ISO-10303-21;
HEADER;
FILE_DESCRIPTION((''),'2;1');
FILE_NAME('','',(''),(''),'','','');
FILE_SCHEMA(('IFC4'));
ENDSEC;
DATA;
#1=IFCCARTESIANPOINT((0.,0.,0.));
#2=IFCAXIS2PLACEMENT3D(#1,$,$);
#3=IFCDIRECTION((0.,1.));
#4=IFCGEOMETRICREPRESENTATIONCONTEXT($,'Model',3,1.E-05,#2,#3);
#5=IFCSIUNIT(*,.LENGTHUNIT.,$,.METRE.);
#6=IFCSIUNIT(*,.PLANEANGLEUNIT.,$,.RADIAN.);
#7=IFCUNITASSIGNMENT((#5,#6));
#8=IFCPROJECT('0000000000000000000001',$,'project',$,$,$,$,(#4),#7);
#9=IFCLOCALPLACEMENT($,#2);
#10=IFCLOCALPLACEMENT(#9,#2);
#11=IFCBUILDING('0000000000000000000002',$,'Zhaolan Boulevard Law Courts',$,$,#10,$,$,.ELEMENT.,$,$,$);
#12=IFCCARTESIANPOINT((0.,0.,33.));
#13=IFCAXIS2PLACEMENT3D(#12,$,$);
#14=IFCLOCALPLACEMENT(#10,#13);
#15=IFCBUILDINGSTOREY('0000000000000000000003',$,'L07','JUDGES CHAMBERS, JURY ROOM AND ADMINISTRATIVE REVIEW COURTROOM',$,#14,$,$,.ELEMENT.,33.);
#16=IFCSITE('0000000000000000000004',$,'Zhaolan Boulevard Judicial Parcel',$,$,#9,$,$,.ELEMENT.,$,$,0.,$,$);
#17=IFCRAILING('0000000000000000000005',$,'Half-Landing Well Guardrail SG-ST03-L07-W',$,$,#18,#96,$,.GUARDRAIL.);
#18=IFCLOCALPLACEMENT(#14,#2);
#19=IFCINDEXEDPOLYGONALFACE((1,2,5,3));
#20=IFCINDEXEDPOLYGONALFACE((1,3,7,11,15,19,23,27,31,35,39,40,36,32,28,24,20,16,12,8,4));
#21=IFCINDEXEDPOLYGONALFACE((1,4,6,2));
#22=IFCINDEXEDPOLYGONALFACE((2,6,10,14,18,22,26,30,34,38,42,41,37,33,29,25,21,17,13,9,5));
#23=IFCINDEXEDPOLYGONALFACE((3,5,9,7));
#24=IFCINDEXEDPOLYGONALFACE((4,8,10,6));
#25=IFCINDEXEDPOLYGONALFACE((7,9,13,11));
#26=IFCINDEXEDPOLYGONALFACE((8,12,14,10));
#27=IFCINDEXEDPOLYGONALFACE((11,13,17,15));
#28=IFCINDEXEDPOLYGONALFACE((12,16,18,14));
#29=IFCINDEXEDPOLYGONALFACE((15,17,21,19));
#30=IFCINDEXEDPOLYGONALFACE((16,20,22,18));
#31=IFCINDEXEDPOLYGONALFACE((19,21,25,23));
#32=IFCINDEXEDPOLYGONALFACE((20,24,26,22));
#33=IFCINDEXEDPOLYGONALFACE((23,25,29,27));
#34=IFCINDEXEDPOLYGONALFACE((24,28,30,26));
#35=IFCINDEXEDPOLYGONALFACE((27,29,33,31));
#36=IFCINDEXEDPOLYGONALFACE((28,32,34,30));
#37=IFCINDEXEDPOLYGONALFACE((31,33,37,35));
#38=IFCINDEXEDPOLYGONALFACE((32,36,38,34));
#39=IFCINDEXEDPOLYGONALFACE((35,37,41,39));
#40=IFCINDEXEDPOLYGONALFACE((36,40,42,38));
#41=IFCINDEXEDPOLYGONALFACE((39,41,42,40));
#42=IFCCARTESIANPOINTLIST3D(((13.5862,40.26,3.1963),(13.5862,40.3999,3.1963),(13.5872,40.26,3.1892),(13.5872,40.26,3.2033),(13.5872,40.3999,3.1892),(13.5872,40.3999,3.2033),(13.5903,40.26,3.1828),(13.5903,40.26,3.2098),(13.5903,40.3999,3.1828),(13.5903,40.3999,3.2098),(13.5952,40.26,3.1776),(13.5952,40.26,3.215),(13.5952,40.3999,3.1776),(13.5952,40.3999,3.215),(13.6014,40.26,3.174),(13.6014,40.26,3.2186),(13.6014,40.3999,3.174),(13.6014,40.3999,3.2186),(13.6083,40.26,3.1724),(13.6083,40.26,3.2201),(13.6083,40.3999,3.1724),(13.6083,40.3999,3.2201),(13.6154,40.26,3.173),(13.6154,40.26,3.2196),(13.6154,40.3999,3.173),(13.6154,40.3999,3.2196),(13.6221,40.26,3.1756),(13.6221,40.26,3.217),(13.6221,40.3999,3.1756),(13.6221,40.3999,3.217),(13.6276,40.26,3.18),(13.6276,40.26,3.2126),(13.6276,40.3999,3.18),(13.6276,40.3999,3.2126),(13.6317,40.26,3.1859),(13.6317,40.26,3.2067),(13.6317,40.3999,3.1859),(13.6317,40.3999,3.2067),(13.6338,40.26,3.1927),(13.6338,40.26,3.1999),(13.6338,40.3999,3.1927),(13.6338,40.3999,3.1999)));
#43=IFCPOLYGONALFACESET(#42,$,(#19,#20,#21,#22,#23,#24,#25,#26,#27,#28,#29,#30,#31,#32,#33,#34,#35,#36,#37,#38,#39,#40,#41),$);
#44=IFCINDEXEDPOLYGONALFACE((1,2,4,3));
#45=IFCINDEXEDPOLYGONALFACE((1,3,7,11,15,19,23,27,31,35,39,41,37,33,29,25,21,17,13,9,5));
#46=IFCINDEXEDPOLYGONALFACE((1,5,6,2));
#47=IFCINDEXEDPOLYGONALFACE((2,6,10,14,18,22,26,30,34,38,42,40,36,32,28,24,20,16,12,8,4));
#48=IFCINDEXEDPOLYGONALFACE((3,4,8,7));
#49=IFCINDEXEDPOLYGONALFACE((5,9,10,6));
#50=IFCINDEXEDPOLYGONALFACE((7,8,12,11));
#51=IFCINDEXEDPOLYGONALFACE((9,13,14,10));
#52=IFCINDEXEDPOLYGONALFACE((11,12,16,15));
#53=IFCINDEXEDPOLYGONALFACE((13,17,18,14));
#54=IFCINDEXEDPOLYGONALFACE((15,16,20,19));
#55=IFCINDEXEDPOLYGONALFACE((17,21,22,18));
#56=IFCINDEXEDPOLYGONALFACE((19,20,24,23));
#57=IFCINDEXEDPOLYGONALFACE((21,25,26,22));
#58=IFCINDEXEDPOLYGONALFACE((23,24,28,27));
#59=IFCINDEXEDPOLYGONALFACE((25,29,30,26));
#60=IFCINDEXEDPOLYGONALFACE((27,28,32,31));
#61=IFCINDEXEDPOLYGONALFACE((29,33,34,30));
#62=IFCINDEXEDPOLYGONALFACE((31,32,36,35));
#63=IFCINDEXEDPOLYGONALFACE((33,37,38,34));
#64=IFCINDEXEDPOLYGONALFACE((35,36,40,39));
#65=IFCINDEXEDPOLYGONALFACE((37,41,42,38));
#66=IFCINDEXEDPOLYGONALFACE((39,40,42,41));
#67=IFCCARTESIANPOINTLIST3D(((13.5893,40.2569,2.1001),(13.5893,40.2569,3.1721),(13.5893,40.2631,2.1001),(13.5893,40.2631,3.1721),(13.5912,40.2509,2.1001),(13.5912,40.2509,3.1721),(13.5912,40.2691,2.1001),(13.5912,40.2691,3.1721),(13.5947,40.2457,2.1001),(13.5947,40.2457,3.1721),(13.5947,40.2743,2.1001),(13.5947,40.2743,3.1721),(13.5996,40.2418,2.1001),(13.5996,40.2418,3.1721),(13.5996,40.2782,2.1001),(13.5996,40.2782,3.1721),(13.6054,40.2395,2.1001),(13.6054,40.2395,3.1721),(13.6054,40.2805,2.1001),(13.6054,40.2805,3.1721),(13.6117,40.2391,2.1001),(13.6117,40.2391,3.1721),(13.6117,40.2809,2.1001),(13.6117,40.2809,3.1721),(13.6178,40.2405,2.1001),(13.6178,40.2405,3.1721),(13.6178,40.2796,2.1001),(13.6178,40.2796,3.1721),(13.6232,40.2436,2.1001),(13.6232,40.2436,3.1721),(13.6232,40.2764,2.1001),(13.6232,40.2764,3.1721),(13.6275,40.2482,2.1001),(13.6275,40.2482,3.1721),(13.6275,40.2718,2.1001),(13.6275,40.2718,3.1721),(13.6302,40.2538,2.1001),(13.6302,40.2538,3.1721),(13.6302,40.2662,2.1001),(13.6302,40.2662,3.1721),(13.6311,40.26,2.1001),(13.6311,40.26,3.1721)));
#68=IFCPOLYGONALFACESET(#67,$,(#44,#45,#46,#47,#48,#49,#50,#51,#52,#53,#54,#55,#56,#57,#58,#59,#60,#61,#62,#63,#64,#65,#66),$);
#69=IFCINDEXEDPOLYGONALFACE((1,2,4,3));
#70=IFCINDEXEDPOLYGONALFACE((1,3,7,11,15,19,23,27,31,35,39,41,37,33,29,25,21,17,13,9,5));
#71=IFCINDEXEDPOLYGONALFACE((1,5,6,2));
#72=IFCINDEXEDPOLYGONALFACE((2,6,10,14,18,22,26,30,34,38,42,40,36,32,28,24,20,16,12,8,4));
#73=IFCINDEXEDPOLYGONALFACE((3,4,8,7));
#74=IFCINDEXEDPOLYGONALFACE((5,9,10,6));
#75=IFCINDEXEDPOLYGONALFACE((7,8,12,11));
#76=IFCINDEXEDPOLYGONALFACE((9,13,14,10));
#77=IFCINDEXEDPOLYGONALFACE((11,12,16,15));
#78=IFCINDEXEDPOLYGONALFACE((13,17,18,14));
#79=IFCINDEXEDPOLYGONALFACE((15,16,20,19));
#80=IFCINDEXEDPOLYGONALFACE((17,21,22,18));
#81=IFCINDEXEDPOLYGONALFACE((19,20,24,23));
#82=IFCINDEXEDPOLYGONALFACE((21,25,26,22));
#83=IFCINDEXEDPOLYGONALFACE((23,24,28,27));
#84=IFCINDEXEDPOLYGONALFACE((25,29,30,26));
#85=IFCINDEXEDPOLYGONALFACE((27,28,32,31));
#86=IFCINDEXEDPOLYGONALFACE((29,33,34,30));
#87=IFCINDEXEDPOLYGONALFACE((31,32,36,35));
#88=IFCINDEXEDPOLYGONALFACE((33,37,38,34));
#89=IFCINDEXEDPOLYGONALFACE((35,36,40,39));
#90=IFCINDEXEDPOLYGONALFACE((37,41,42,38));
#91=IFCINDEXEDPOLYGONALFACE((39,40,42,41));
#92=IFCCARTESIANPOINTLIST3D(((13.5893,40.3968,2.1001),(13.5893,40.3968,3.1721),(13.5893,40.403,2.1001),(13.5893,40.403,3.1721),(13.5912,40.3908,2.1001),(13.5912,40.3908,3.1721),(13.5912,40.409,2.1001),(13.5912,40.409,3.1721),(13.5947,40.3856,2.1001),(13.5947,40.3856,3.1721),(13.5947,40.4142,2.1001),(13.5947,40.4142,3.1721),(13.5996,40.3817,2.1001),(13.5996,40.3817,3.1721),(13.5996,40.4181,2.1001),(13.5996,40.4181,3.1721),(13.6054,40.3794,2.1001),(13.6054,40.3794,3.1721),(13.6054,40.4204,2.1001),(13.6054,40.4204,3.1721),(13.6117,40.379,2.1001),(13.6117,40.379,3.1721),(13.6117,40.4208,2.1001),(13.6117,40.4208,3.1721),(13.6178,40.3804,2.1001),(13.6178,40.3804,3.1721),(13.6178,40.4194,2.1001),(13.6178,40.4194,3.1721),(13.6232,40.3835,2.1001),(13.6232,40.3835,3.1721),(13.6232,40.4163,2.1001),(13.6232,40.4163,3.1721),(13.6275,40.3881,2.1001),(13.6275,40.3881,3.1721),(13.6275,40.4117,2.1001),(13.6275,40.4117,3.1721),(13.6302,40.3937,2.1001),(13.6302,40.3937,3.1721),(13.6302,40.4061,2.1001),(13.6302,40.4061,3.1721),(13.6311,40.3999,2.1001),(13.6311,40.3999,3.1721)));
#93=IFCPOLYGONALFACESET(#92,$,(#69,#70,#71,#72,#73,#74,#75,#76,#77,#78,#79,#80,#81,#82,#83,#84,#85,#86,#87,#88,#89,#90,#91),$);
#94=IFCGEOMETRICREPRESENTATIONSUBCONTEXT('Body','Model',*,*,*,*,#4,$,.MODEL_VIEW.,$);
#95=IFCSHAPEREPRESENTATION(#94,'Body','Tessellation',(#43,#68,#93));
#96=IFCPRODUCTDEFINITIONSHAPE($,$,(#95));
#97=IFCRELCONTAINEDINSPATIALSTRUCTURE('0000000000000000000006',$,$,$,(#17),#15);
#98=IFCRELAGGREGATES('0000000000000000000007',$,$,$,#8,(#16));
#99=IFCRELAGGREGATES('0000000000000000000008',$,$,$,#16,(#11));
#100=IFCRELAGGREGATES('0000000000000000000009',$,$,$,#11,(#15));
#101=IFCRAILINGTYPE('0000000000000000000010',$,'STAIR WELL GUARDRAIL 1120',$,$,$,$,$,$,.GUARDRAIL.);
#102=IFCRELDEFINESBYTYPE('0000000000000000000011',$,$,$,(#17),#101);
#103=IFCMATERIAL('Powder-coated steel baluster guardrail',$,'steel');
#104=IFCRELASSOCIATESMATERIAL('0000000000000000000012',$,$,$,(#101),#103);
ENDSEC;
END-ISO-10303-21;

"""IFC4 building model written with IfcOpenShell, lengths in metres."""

from ifc_helpers import new_model, si_unit, direction, frame, origin, origin_2d, place, context, subcontext, project, spatial, circle, extrude, material, type_object, element, save


model = new_model("IFC4")

# Units and contexts
model_context = context("Model", 3, precision=1e-05, world=origin(), true_north=direction((0.0, 1.0)))
body_context = subcontext(model_context, "Body", "Model", "MODEL_VIEW")
ifc_project = project(units=[si_unit("LENGTHUNIT", "METRE"), si_unit("PLANEANGLEUNIT", "RADIAN")], contexts=[model_context])

# Site, building, storey
site_placement = place(None, origin())
site = spatial("IfcSite", under=ifc_project, at=site_placement, Name="Zhaolan Boulevard Judicial Parcel", CompositionType="ELEMENT", RefElevation=0.0)
building_placement = place(site_placement, origin())
building = spatial("IfcBuilding", under=site, at=building_placement, Name="Zhaolan Boulevard Law Courts", CompositionType="ELEMENT")
storey_placement = place(building_placement, frame((0.0, 0.0, 33.0)))
storey = spatial("IfcBuildingStorey", under=building, at=storey_placement, Name="L07", Description="JUDGES CHAMBERS, JURY ROOM AND ADMINISTRATIVE REVIEW COURTROOM", CompositionType="ELEMENT", Elevation=33.0)

# Railing
ifc_material_1 = material(Name="Powder-coated steel baluster guardrail", Category="steel")
railing_type_1 = type_object("IfcRailingType", Name="STAIR WELL GUARDRAIL 1120", PredefinedType="GUARDRAIL", material=ifc_material_1)
railing_1_placement = place(storey_placement, frame((13.6101, 40.26, 2.1001)))
element("IfcRailing", 1, at=railing_1_placement, inside=storey, type_object=railing_type_1, Name="Half-Landing Well Guardrail SG-ST03-L07-W", PredefinedType="GUARDRAIL", context=body_context, shape_type="SweptSolid", body=[
    extrude(circle(Radius=0.0239, at=origin_2d()), frame((0.0, 0.0, 1.0962), z_axis=(0.0, 1.0, 0.0), x_axis=(-1.0, 0.0, 0.0)), (0.0, 0.0, 1.0), 0.1399),
    extrude(circle(Radius=0.021, at=origin_2d()), origin(), (0.0, 0.0, 1.0), 1.072),
    extrude(circle(Radius=0.021, at=origin_2d()), frame((0.0, 0.1399, 0.0)), (0.0, 0.0, 1.0), 1.072),
])

save(model, "model.ifc")
